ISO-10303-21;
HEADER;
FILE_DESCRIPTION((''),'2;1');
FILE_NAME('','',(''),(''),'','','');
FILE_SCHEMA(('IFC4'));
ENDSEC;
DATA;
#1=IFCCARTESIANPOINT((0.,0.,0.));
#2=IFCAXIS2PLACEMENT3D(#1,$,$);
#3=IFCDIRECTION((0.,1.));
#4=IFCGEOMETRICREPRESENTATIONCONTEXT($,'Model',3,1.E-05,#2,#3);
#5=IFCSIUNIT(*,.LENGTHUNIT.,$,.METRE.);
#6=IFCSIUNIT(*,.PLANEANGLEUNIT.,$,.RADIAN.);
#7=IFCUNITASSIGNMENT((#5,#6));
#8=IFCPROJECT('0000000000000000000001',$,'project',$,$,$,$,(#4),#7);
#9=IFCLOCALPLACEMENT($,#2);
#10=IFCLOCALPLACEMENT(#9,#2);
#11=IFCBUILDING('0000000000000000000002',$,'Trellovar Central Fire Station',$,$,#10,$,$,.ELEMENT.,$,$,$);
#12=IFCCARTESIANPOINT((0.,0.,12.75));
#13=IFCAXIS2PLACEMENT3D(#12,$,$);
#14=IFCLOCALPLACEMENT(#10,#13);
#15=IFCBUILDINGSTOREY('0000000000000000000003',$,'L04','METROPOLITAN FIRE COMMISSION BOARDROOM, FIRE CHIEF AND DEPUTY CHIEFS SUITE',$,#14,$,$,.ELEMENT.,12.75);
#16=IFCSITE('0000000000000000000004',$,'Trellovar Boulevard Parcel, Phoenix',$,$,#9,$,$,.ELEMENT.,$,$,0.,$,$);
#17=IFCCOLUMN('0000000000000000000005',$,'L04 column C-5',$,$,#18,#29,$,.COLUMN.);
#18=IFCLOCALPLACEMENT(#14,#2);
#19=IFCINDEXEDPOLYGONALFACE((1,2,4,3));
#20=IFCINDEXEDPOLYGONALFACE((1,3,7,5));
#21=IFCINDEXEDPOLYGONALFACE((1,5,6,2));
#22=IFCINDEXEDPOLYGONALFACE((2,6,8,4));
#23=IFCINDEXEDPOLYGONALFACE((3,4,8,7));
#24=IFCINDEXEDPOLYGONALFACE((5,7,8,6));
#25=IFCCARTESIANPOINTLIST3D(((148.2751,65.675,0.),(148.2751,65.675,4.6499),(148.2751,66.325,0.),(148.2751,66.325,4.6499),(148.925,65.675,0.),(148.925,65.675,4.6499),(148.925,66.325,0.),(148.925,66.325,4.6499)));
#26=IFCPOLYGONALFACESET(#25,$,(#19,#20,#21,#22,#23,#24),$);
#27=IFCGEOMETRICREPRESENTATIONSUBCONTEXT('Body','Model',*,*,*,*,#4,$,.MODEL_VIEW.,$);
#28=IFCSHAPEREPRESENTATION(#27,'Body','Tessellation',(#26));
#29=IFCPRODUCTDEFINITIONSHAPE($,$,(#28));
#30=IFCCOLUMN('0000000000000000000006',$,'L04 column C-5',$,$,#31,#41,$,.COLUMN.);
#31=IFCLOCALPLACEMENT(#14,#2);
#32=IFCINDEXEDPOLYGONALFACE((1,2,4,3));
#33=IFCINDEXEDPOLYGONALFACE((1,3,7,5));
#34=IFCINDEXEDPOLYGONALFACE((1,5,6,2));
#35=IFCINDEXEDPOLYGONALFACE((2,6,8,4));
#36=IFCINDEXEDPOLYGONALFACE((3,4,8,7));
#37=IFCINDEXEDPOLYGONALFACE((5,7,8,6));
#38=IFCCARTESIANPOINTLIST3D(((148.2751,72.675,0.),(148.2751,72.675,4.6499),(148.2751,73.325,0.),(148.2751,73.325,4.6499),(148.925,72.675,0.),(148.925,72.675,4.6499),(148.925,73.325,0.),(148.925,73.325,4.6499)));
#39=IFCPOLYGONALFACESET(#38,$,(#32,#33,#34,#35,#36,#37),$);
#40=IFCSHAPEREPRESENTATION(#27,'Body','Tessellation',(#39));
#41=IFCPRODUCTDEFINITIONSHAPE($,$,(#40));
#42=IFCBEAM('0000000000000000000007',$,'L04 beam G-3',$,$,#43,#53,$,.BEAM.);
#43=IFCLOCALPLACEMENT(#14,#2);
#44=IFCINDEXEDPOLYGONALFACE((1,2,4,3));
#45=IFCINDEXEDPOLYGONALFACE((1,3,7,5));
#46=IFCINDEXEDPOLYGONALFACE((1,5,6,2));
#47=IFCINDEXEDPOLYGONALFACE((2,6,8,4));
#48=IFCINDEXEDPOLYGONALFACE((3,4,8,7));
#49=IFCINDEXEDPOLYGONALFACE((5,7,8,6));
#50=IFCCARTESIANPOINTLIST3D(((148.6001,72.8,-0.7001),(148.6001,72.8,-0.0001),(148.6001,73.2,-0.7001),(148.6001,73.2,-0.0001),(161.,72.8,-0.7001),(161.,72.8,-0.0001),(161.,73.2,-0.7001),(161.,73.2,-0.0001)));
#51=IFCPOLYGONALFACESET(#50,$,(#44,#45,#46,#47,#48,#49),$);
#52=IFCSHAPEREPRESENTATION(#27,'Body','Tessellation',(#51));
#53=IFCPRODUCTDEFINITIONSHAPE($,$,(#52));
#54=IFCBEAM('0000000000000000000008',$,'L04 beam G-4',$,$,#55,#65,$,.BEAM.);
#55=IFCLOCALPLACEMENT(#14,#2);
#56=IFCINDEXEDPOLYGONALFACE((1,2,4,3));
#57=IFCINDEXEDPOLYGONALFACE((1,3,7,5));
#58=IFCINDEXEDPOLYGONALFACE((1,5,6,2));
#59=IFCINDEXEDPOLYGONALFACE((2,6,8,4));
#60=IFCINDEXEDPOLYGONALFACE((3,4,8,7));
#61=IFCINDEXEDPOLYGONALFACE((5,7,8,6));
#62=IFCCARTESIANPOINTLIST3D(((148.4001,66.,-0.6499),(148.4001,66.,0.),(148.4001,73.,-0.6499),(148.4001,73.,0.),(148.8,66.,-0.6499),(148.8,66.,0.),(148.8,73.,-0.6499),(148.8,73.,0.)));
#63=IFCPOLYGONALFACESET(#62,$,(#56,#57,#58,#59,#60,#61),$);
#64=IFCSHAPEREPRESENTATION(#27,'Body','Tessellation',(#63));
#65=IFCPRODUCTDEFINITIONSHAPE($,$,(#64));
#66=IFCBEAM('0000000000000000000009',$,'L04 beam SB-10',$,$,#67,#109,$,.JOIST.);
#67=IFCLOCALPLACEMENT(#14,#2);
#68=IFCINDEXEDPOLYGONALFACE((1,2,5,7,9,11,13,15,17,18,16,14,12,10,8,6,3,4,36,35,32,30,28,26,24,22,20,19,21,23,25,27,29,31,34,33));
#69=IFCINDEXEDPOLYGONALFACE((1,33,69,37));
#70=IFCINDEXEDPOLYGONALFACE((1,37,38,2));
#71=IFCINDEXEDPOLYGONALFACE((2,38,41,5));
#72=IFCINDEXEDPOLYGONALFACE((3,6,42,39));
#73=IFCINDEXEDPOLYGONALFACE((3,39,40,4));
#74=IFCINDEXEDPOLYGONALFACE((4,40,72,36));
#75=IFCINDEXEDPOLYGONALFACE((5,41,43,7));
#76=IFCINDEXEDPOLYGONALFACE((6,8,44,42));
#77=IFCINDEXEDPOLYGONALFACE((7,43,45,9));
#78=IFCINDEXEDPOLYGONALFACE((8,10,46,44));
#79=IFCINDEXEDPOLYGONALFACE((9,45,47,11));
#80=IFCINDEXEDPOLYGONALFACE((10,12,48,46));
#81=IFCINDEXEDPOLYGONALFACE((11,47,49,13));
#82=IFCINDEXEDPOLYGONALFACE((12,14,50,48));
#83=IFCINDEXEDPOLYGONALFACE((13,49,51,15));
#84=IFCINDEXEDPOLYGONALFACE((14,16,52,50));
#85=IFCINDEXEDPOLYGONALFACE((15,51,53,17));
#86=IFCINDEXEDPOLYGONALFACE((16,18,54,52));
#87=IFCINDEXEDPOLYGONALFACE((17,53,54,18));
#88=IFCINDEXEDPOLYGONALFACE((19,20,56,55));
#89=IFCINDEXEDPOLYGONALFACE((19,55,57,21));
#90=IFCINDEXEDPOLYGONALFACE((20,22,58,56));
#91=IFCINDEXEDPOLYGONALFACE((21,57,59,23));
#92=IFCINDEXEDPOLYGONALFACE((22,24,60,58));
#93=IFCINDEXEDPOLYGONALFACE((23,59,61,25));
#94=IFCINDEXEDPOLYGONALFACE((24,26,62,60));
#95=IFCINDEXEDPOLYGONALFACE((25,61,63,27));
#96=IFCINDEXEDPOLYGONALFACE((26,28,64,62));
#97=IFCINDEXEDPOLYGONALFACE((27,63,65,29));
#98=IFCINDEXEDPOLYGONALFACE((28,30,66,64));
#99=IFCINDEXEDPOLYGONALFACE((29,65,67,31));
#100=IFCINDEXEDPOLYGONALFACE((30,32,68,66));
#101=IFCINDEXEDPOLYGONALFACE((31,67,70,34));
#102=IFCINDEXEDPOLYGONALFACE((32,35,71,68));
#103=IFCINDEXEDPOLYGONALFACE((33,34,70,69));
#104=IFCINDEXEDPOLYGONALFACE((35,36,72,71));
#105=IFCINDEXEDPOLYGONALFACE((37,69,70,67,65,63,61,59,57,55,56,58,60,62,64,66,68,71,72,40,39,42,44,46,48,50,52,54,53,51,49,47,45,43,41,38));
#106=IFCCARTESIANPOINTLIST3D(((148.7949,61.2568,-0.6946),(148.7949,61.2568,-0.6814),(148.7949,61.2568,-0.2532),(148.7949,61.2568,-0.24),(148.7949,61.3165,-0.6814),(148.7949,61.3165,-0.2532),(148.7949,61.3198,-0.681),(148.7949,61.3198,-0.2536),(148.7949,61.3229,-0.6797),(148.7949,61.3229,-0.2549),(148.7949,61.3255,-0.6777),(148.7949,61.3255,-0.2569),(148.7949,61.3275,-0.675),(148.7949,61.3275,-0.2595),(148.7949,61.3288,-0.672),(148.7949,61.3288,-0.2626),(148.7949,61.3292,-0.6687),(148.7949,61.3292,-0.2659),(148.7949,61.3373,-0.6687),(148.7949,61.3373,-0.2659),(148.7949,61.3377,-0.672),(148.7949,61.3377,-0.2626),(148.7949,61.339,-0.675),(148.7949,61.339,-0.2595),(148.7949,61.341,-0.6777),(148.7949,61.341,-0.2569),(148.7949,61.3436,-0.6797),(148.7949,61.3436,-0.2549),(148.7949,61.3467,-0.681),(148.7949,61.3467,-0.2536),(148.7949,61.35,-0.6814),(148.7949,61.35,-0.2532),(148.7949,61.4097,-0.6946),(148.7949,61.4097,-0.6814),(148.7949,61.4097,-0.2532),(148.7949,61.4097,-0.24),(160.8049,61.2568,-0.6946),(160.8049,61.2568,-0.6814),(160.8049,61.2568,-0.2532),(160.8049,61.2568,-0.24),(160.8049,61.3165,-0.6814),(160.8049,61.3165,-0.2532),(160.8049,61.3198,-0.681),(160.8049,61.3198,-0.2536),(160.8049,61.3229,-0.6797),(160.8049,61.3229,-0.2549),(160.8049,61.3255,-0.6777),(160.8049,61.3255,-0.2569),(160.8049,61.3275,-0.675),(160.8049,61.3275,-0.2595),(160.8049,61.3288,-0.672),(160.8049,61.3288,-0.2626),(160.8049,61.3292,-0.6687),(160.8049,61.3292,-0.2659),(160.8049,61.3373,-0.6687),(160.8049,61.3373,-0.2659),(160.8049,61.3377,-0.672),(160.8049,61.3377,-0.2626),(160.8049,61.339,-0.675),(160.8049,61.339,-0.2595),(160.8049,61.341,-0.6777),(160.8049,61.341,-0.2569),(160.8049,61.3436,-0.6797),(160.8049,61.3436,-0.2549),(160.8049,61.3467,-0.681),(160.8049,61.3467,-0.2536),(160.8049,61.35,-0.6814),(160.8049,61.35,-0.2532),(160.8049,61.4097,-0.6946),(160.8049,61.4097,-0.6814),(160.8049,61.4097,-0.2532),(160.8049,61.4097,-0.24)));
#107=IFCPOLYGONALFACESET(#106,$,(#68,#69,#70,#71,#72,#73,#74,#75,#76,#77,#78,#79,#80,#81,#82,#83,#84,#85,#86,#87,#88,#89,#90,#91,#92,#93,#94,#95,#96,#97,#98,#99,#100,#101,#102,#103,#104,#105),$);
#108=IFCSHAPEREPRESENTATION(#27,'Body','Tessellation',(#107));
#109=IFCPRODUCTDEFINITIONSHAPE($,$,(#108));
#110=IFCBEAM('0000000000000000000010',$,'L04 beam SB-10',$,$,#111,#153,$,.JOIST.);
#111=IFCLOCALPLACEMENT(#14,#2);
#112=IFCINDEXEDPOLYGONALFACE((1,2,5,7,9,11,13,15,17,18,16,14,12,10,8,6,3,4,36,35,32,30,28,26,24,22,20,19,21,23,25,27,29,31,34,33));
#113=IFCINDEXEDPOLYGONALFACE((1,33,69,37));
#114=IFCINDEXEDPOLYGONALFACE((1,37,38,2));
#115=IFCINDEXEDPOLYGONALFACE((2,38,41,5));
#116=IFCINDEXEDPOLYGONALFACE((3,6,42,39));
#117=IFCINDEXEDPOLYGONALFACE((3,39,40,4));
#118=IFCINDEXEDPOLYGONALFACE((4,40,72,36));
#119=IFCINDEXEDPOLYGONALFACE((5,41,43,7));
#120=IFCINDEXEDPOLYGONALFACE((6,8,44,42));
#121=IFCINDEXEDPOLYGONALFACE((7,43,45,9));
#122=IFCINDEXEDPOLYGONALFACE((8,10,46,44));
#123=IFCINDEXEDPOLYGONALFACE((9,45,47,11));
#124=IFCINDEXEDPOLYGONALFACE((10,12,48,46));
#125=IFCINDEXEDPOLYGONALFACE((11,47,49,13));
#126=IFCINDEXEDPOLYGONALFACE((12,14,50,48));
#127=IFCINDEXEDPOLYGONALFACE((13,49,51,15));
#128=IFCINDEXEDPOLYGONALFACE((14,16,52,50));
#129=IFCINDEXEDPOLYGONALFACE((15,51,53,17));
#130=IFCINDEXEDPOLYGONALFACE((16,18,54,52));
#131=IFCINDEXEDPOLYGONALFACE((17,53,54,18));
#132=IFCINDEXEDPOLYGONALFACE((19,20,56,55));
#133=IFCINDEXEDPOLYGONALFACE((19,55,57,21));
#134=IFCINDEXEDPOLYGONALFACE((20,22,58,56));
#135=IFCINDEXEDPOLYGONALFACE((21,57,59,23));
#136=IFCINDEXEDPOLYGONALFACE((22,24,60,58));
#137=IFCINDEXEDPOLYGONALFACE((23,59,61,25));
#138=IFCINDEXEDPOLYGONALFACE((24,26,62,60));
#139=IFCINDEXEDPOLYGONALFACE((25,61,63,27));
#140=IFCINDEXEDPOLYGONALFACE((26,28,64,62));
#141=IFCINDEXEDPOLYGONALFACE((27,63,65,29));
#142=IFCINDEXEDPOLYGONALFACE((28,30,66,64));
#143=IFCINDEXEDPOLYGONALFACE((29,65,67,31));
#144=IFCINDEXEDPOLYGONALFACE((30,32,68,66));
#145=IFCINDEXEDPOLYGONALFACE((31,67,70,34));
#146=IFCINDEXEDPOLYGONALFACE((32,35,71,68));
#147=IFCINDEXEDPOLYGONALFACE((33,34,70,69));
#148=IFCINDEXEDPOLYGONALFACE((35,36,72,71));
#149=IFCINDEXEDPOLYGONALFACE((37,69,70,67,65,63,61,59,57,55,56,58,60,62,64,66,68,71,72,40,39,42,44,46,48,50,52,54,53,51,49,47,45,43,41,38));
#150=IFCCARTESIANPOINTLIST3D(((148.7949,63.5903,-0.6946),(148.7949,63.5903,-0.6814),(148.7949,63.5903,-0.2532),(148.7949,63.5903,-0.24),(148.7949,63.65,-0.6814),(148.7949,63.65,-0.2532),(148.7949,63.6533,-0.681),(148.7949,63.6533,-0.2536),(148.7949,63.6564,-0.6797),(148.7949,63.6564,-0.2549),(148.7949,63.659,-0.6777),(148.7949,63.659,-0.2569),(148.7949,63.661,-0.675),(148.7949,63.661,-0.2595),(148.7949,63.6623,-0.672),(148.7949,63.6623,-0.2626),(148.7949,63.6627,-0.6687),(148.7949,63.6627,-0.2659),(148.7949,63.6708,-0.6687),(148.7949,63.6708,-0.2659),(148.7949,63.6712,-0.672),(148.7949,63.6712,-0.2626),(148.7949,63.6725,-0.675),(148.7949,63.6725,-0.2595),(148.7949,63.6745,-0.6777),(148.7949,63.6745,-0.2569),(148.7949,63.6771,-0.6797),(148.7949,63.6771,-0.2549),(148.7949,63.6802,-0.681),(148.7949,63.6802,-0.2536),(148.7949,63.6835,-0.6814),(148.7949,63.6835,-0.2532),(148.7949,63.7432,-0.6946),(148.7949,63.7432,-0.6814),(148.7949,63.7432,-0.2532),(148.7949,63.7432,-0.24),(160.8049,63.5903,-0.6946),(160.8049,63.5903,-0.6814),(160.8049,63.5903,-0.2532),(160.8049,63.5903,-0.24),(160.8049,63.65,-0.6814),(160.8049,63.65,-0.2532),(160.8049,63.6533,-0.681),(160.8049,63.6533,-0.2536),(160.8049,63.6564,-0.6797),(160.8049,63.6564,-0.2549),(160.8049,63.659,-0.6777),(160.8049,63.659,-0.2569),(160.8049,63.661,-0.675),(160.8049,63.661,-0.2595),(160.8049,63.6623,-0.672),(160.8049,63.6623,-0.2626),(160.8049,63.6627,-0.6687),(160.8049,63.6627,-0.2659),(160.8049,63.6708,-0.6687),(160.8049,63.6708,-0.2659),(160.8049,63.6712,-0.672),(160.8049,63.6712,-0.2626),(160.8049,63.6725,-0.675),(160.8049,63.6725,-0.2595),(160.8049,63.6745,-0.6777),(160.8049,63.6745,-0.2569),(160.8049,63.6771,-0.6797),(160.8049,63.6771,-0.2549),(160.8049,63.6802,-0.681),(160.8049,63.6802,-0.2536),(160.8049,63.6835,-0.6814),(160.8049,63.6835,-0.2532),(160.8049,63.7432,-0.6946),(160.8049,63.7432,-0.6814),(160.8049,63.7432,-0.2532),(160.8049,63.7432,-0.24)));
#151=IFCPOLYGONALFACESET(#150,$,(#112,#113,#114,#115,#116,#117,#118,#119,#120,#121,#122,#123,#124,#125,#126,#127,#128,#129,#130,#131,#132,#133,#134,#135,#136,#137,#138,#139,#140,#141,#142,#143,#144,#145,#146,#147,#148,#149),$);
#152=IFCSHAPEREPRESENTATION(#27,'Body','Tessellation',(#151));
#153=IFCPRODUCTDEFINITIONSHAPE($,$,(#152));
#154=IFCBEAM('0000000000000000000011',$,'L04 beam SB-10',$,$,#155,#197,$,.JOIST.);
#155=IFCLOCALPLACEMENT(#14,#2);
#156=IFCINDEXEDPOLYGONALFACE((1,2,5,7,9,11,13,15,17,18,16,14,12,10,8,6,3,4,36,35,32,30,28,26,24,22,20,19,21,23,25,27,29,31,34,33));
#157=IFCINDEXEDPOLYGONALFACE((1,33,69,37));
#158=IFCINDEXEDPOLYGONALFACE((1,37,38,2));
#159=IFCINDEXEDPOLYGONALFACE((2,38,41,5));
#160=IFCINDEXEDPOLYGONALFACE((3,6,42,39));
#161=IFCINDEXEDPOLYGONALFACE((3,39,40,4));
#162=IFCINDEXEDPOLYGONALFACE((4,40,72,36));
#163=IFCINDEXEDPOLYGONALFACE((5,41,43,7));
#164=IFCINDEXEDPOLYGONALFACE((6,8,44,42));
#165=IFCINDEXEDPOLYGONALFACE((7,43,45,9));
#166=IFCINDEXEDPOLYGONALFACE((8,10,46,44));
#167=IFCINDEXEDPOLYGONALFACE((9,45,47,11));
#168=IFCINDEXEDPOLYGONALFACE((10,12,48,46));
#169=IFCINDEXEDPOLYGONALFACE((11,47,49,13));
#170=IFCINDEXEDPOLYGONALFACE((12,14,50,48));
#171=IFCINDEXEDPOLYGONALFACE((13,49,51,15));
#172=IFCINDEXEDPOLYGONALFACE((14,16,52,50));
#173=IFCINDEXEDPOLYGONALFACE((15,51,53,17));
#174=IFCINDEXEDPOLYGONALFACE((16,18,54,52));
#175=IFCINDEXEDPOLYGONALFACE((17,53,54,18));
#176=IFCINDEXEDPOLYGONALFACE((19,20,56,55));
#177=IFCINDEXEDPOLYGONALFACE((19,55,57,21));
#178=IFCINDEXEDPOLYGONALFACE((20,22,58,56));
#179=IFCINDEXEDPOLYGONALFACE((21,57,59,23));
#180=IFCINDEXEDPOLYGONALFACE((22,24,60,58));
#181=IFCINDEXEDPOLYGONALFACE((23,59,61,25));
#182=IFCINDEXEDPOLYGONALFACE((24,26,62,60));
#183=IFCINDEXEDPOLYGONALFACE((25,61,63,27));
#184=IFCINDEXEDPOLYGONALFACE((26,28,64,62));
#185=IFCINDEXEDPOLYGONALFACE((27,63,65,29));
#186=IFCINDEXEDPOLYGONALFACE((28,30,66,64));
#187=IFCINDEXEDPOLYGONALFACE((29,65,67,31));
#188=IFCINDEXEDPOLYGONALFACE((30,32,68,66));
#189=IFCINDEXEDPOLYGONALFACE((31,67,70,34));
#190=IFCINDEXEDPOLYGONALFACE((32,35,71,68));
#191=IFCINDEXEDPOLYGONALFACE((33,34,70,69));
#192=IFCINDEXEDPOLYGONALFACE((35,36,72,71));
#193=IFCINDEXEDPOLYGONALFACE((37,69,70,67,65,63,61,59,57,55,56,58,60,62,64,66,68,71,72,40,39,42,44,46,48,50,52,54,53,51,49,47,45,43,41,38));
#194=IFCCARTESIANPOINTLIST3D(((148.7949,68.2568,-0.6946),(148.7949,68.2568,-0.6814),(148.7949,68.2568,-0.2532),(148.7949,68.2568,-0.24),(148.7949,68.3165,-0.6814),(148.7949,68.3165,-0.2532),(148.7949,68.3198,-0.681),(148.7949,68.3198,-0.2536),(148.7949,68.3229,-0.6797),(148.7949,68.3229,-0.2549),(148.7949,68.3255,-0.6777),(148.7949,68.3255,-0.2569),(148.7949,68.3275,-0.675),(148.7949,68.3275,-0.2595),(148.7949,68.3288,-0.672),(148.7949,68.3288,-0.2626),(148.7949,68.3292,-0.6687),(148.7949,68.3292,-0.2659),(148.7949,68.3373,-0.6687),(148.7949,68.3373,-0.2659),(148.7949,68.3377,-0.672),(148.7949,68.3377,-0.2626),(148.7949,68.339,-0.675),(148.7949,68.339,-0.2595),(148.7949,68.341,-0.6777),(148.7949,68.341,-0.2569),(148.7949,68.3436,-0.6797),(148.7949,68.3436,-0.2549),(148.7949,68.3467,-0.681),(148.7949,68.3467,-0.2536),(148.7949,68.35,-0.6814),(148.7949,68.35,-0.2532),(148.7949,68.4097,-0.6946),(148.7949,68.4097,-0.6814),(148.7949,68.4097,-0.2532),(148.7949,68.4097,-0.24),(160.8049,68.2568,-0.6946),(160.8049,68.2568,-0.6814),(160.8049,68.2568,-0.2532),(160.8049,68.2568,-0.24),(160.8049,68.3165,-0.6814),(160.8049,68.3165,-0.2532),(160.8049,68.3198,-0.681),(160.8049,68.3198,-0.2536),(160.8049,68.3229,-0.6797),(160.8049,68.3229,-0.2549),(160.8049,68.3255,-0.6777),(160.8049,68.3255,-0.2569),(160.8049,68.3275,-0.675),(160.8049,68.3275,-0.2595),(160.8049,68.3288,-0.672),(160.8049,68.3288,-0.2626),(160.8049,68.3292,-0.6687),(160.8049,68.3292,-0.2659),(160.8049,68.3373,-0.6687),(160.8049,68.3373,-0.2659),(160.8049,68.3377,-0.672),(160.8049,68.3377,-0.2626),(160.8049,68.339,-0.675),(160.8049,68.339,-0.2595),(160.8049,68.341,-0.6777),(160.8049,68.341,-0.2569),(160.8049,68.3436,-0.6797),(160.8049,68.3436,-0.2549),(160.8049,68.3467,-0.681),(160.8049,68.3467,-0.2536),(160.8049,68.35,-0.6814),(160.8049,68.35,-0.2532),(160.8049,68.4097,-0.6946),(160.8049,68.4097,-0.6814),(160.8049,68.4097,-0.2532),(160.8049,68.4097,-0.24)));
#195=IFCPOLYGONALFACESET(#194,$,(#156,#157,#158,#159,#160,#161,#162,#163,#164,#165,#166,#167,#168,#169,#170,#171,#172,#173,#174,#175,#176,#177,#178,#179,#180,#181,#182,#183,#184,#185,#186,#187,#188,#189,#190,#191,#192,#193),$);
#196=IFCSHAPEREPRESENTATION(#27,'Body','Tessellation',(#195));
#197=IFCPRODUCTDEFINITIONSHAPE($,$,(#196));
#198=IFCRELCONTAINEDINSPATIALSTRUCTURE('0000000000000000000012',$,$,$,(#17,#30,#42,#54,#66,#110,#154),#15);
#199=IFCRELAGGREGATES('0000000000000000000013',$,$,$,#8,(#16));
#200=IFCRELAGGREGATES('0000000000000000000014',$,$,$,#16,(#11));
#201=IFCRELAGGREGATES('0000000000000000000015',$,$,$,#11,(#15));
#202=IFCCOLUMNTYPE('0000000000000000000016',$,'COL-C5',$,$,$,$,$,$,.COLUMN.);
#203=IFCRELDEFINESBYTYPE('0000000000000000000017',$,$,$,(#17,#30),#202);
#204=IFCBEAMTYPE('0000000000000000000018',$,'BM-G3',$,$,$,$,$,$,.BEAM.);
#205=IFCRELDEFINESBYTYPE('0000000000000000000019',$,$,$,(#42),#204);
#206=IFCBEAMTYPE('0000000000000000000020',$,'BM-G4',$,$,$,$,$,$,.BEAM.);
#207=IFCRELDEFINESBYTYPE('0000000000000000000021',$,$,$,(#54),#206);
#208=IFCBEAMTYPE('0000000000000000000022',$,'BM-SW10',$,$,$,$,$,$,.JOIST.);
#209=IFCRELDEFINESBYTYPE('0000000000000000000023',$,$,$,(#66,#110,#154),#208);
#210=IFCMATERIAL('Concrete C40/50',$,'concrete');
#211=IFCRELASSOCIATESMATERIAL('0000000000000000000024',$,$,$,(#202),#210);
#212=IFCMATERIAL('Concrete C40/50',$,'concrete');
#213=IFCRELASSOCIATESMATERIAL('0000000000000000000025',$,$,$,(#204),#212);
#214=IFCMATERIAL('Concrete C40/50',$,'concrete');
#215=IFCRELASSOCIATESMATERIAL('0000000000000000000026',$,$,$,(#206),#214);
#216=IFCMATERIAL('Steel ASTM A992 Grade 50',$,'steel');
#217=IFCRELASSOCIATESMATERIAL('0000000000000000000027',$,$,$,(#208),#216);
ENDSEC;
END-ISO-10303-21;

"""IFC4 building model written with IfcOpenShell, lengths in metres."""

from ifc_helpers import new_model, si_unit, direction, frame, origin, origin_2d, place, context, subcontext, project, spatial, rectangle, i_section, extrude, material, material_profile, profile_set, type_object, element, save


model = new_model("IFC4")

# Units and contexts
model_context = context("Model", 3, precision=1e-05, world=origin(), true_north=direction((0.0, 1.0)))
body_context = subcontext(model_context, "Body", "Model", "MODEL_VIEW")
ifc_project = project(units=[si_unit("LENGTHUNIT", "METRE"), si_unit("PLANEANGLEUNIT", "RADIAN")], contexts=[model_context])

# Site, building, storey
site_placement = place(None, origin())
site = spatial("IfcSite", under=ifc_project, at=site_placement, Name="Trellovar Boulevard Parcel, Phoenix", CompositionType="ELEMENT", RefElevation=0.0)
building_placement = place(site_placement, origin())
building = spatial("IfcBuilding", under=site, at=building_placement, Name="Trellovar Central Fire Station", CompositionType="ELEMENT")
storey_placement = place(building_placement, frame((0.0, 0.0, 12.75)))
storey = spatial("IfcBuildingStorey", under=building, at=storey_placement, Name="L04", Description="METROPOLITAN FIRE COMMISSION BOARDROOM, FIRE CHIEF AND DEPUTY CHIEFS SUITE", CompositionType="ELEMENT", Elevation=12.75)

# Columns
ifc_material_1 = material(Name="Concrete C40/50", Category="concrete")
ifc_material_profile_1 = material_profile(ifc_material_1, rectangle(XDim=0.6499, YDim=0.6499, at=origin_2d()), Name="RC650X650")
ifc_profile_set_1 = profile_set([ifc_material_profile_1], Name="Concrete C40/50")
column_type = type_object("IfcColumnType", Name="COL-C5", PredefinedType="COLUMN", material=ifc_profile_set_1)
for number, where, z_axis, x_axis, name in (
    (1, (148.6001, 66.0, 0.0), (0.0, 0.0, 1.0), (1.0, 0.0, 0.0), "L04 column C-5"),
    (2, (148.6001, 73.0, 0.0), (0.0, 0.0, 1.0), (1.0, 0.0, 0.0), "L04 column C-5"),
):
    element("IfcColumn", number, at=place(storey_placement, frame(where, z_axis=z_axis, x_axis=x_axis)), inside=storey, type_object=column_type, Name=name, PredefinedType="COLUMN", context=body_context, shape_type="SweptSolid", body=[
        extrude(rectangle(XDim=0.6499, YDim=0.6499, at=origin_2d()), origin(), (0.0, 0.0, 1.0), 4.6499),
    ])

# Beams
ifc_material_2 = material(Name="Concrete C40/50", Category="concrete")
ifc_material_profile_2 = material_profile(ifc_material_2, rectangle(XDim=0.3999, YDim=0.7, at=origin_2d()), Name="RC400X700")
ifc_profile_set_2 = profile_set([ifc_material_profile_2], Name="Concrete C40/50")
beam_type_1 = type_object("IfcBeamType", Name="BM-G3", PredefinedType="BEAM", material=ifc_profile_set_2)
beam_1_placement = place(storey_placement, frame((148.6001, 73.0, -0.3501), z_axis=(1.0, 0.0, 0.0), x_axis=(0.0, 1.0, 0.0)))
element("IfcBeam", 3, at=beam_1_placement, inside=storey, type_object=beam_type_1, Name="L04 beam G-3", PredefinedType="BEAM", context=body_context, shape_type="SweptSolid", body=[
    extrude(rectangle(XDim=0.3999, YDim=0.7, at=origin_2d()), origin(), (0.0, 0.0, 1.0), 12.3999),
])
ifc_material_3 = material(Name="Concrete C40/50", Category="concrete")
ifc_material_profile_3 = material_profile(ifc_material_3, rectangle(XDim=0.3999, YDim=0.6499, at=origin_2d()), Name="RC400X650")
ifc_profile_set_3 = profile_set([ifc_material_profile_3], Name="Concrete C40/50")
beam_type_2 = type_object("IfcBeamType", Name="BM-G4", PredefinedType="BEAM", material=ifc_profile_set_3)
beam_2_placement = place(storey_placement, frame((148.6001, 66.0, -0.325), z_axis=(0.0, 1.0, 0.0), x_axis=(-1.0, 0.0, 0.0)))
element("IfcBeam", 4, at=beam_2_placement, inside=storey, type_object=beam_type_2, Name="L04 beam G-4", PredefinedType="BEAM", context=body_context, shape_type="SweptSolid", body=[
    extrude(rectangle(XDim=0.3999, YDim=0.6499, at=origin_2d()), origin(), (0.0, 0.0, 1.0), 7.0),
])
ifc_material_4 = material(Name="Steel ASTM A992 Grade 50", Category="steel")
ifc_material_profile_4 = material_profile(ifc_material_4, i_section(OverallWidth=0.1528, OverallDepth=0.4546, WebThickness=0.0081, FlangeThickness=0.0132, FilletRadius=0.0127, at=origin_2d()), Name="W18X40")
ifc_profile_set_4 = profile_set([ifc_material_profile_4], Name="Steel ASTM A992 Grade 50")
beam_type_3 = type_object("IfcBeamType", Name="BM-SW10", PredefinedType="JOIST", material=ifc_profile_set_4)
for number, where, z_axis, x_axis, name in (
    (5, (148.7949, 61.3333, -0.4673), (1.0, 0.0, 0.0), (0.0, 1.0, 0.0), "L04 beam SB-10"),
    (6, (148.7949, 63.6667, -0.4673), (1.0, 0.0, 0.0), (0.0, 1.0, 0.0), "L04 beam SB-10"),
    (7, (148.7949, 68.3333, -0.4673), (1.0, 0.0, 0.0), (0.0, 1.0, 0.0), "L04 beam SB-10"),
):
    element("IfcBeam", number, at=place(storey_placement, frame(where, z_axis=z_axis, x_axis=x_axis)), inside=storey, type_object=beam_type_3, Name=name, PredefinedType="JOIST", context=body_context, shape_type="SweptSolid", body=[
        extrude(i_section(OverallWidth=0.1528, OverallDepth=0.4546, WebThickness=0.0081, FlangeThickness=0.0132, FilletRadius=0.0127, at=origin_2d()), origin(), (0.0, 0.0, 1.0), 12.01),
    ])

save(model, "model.ifc")
